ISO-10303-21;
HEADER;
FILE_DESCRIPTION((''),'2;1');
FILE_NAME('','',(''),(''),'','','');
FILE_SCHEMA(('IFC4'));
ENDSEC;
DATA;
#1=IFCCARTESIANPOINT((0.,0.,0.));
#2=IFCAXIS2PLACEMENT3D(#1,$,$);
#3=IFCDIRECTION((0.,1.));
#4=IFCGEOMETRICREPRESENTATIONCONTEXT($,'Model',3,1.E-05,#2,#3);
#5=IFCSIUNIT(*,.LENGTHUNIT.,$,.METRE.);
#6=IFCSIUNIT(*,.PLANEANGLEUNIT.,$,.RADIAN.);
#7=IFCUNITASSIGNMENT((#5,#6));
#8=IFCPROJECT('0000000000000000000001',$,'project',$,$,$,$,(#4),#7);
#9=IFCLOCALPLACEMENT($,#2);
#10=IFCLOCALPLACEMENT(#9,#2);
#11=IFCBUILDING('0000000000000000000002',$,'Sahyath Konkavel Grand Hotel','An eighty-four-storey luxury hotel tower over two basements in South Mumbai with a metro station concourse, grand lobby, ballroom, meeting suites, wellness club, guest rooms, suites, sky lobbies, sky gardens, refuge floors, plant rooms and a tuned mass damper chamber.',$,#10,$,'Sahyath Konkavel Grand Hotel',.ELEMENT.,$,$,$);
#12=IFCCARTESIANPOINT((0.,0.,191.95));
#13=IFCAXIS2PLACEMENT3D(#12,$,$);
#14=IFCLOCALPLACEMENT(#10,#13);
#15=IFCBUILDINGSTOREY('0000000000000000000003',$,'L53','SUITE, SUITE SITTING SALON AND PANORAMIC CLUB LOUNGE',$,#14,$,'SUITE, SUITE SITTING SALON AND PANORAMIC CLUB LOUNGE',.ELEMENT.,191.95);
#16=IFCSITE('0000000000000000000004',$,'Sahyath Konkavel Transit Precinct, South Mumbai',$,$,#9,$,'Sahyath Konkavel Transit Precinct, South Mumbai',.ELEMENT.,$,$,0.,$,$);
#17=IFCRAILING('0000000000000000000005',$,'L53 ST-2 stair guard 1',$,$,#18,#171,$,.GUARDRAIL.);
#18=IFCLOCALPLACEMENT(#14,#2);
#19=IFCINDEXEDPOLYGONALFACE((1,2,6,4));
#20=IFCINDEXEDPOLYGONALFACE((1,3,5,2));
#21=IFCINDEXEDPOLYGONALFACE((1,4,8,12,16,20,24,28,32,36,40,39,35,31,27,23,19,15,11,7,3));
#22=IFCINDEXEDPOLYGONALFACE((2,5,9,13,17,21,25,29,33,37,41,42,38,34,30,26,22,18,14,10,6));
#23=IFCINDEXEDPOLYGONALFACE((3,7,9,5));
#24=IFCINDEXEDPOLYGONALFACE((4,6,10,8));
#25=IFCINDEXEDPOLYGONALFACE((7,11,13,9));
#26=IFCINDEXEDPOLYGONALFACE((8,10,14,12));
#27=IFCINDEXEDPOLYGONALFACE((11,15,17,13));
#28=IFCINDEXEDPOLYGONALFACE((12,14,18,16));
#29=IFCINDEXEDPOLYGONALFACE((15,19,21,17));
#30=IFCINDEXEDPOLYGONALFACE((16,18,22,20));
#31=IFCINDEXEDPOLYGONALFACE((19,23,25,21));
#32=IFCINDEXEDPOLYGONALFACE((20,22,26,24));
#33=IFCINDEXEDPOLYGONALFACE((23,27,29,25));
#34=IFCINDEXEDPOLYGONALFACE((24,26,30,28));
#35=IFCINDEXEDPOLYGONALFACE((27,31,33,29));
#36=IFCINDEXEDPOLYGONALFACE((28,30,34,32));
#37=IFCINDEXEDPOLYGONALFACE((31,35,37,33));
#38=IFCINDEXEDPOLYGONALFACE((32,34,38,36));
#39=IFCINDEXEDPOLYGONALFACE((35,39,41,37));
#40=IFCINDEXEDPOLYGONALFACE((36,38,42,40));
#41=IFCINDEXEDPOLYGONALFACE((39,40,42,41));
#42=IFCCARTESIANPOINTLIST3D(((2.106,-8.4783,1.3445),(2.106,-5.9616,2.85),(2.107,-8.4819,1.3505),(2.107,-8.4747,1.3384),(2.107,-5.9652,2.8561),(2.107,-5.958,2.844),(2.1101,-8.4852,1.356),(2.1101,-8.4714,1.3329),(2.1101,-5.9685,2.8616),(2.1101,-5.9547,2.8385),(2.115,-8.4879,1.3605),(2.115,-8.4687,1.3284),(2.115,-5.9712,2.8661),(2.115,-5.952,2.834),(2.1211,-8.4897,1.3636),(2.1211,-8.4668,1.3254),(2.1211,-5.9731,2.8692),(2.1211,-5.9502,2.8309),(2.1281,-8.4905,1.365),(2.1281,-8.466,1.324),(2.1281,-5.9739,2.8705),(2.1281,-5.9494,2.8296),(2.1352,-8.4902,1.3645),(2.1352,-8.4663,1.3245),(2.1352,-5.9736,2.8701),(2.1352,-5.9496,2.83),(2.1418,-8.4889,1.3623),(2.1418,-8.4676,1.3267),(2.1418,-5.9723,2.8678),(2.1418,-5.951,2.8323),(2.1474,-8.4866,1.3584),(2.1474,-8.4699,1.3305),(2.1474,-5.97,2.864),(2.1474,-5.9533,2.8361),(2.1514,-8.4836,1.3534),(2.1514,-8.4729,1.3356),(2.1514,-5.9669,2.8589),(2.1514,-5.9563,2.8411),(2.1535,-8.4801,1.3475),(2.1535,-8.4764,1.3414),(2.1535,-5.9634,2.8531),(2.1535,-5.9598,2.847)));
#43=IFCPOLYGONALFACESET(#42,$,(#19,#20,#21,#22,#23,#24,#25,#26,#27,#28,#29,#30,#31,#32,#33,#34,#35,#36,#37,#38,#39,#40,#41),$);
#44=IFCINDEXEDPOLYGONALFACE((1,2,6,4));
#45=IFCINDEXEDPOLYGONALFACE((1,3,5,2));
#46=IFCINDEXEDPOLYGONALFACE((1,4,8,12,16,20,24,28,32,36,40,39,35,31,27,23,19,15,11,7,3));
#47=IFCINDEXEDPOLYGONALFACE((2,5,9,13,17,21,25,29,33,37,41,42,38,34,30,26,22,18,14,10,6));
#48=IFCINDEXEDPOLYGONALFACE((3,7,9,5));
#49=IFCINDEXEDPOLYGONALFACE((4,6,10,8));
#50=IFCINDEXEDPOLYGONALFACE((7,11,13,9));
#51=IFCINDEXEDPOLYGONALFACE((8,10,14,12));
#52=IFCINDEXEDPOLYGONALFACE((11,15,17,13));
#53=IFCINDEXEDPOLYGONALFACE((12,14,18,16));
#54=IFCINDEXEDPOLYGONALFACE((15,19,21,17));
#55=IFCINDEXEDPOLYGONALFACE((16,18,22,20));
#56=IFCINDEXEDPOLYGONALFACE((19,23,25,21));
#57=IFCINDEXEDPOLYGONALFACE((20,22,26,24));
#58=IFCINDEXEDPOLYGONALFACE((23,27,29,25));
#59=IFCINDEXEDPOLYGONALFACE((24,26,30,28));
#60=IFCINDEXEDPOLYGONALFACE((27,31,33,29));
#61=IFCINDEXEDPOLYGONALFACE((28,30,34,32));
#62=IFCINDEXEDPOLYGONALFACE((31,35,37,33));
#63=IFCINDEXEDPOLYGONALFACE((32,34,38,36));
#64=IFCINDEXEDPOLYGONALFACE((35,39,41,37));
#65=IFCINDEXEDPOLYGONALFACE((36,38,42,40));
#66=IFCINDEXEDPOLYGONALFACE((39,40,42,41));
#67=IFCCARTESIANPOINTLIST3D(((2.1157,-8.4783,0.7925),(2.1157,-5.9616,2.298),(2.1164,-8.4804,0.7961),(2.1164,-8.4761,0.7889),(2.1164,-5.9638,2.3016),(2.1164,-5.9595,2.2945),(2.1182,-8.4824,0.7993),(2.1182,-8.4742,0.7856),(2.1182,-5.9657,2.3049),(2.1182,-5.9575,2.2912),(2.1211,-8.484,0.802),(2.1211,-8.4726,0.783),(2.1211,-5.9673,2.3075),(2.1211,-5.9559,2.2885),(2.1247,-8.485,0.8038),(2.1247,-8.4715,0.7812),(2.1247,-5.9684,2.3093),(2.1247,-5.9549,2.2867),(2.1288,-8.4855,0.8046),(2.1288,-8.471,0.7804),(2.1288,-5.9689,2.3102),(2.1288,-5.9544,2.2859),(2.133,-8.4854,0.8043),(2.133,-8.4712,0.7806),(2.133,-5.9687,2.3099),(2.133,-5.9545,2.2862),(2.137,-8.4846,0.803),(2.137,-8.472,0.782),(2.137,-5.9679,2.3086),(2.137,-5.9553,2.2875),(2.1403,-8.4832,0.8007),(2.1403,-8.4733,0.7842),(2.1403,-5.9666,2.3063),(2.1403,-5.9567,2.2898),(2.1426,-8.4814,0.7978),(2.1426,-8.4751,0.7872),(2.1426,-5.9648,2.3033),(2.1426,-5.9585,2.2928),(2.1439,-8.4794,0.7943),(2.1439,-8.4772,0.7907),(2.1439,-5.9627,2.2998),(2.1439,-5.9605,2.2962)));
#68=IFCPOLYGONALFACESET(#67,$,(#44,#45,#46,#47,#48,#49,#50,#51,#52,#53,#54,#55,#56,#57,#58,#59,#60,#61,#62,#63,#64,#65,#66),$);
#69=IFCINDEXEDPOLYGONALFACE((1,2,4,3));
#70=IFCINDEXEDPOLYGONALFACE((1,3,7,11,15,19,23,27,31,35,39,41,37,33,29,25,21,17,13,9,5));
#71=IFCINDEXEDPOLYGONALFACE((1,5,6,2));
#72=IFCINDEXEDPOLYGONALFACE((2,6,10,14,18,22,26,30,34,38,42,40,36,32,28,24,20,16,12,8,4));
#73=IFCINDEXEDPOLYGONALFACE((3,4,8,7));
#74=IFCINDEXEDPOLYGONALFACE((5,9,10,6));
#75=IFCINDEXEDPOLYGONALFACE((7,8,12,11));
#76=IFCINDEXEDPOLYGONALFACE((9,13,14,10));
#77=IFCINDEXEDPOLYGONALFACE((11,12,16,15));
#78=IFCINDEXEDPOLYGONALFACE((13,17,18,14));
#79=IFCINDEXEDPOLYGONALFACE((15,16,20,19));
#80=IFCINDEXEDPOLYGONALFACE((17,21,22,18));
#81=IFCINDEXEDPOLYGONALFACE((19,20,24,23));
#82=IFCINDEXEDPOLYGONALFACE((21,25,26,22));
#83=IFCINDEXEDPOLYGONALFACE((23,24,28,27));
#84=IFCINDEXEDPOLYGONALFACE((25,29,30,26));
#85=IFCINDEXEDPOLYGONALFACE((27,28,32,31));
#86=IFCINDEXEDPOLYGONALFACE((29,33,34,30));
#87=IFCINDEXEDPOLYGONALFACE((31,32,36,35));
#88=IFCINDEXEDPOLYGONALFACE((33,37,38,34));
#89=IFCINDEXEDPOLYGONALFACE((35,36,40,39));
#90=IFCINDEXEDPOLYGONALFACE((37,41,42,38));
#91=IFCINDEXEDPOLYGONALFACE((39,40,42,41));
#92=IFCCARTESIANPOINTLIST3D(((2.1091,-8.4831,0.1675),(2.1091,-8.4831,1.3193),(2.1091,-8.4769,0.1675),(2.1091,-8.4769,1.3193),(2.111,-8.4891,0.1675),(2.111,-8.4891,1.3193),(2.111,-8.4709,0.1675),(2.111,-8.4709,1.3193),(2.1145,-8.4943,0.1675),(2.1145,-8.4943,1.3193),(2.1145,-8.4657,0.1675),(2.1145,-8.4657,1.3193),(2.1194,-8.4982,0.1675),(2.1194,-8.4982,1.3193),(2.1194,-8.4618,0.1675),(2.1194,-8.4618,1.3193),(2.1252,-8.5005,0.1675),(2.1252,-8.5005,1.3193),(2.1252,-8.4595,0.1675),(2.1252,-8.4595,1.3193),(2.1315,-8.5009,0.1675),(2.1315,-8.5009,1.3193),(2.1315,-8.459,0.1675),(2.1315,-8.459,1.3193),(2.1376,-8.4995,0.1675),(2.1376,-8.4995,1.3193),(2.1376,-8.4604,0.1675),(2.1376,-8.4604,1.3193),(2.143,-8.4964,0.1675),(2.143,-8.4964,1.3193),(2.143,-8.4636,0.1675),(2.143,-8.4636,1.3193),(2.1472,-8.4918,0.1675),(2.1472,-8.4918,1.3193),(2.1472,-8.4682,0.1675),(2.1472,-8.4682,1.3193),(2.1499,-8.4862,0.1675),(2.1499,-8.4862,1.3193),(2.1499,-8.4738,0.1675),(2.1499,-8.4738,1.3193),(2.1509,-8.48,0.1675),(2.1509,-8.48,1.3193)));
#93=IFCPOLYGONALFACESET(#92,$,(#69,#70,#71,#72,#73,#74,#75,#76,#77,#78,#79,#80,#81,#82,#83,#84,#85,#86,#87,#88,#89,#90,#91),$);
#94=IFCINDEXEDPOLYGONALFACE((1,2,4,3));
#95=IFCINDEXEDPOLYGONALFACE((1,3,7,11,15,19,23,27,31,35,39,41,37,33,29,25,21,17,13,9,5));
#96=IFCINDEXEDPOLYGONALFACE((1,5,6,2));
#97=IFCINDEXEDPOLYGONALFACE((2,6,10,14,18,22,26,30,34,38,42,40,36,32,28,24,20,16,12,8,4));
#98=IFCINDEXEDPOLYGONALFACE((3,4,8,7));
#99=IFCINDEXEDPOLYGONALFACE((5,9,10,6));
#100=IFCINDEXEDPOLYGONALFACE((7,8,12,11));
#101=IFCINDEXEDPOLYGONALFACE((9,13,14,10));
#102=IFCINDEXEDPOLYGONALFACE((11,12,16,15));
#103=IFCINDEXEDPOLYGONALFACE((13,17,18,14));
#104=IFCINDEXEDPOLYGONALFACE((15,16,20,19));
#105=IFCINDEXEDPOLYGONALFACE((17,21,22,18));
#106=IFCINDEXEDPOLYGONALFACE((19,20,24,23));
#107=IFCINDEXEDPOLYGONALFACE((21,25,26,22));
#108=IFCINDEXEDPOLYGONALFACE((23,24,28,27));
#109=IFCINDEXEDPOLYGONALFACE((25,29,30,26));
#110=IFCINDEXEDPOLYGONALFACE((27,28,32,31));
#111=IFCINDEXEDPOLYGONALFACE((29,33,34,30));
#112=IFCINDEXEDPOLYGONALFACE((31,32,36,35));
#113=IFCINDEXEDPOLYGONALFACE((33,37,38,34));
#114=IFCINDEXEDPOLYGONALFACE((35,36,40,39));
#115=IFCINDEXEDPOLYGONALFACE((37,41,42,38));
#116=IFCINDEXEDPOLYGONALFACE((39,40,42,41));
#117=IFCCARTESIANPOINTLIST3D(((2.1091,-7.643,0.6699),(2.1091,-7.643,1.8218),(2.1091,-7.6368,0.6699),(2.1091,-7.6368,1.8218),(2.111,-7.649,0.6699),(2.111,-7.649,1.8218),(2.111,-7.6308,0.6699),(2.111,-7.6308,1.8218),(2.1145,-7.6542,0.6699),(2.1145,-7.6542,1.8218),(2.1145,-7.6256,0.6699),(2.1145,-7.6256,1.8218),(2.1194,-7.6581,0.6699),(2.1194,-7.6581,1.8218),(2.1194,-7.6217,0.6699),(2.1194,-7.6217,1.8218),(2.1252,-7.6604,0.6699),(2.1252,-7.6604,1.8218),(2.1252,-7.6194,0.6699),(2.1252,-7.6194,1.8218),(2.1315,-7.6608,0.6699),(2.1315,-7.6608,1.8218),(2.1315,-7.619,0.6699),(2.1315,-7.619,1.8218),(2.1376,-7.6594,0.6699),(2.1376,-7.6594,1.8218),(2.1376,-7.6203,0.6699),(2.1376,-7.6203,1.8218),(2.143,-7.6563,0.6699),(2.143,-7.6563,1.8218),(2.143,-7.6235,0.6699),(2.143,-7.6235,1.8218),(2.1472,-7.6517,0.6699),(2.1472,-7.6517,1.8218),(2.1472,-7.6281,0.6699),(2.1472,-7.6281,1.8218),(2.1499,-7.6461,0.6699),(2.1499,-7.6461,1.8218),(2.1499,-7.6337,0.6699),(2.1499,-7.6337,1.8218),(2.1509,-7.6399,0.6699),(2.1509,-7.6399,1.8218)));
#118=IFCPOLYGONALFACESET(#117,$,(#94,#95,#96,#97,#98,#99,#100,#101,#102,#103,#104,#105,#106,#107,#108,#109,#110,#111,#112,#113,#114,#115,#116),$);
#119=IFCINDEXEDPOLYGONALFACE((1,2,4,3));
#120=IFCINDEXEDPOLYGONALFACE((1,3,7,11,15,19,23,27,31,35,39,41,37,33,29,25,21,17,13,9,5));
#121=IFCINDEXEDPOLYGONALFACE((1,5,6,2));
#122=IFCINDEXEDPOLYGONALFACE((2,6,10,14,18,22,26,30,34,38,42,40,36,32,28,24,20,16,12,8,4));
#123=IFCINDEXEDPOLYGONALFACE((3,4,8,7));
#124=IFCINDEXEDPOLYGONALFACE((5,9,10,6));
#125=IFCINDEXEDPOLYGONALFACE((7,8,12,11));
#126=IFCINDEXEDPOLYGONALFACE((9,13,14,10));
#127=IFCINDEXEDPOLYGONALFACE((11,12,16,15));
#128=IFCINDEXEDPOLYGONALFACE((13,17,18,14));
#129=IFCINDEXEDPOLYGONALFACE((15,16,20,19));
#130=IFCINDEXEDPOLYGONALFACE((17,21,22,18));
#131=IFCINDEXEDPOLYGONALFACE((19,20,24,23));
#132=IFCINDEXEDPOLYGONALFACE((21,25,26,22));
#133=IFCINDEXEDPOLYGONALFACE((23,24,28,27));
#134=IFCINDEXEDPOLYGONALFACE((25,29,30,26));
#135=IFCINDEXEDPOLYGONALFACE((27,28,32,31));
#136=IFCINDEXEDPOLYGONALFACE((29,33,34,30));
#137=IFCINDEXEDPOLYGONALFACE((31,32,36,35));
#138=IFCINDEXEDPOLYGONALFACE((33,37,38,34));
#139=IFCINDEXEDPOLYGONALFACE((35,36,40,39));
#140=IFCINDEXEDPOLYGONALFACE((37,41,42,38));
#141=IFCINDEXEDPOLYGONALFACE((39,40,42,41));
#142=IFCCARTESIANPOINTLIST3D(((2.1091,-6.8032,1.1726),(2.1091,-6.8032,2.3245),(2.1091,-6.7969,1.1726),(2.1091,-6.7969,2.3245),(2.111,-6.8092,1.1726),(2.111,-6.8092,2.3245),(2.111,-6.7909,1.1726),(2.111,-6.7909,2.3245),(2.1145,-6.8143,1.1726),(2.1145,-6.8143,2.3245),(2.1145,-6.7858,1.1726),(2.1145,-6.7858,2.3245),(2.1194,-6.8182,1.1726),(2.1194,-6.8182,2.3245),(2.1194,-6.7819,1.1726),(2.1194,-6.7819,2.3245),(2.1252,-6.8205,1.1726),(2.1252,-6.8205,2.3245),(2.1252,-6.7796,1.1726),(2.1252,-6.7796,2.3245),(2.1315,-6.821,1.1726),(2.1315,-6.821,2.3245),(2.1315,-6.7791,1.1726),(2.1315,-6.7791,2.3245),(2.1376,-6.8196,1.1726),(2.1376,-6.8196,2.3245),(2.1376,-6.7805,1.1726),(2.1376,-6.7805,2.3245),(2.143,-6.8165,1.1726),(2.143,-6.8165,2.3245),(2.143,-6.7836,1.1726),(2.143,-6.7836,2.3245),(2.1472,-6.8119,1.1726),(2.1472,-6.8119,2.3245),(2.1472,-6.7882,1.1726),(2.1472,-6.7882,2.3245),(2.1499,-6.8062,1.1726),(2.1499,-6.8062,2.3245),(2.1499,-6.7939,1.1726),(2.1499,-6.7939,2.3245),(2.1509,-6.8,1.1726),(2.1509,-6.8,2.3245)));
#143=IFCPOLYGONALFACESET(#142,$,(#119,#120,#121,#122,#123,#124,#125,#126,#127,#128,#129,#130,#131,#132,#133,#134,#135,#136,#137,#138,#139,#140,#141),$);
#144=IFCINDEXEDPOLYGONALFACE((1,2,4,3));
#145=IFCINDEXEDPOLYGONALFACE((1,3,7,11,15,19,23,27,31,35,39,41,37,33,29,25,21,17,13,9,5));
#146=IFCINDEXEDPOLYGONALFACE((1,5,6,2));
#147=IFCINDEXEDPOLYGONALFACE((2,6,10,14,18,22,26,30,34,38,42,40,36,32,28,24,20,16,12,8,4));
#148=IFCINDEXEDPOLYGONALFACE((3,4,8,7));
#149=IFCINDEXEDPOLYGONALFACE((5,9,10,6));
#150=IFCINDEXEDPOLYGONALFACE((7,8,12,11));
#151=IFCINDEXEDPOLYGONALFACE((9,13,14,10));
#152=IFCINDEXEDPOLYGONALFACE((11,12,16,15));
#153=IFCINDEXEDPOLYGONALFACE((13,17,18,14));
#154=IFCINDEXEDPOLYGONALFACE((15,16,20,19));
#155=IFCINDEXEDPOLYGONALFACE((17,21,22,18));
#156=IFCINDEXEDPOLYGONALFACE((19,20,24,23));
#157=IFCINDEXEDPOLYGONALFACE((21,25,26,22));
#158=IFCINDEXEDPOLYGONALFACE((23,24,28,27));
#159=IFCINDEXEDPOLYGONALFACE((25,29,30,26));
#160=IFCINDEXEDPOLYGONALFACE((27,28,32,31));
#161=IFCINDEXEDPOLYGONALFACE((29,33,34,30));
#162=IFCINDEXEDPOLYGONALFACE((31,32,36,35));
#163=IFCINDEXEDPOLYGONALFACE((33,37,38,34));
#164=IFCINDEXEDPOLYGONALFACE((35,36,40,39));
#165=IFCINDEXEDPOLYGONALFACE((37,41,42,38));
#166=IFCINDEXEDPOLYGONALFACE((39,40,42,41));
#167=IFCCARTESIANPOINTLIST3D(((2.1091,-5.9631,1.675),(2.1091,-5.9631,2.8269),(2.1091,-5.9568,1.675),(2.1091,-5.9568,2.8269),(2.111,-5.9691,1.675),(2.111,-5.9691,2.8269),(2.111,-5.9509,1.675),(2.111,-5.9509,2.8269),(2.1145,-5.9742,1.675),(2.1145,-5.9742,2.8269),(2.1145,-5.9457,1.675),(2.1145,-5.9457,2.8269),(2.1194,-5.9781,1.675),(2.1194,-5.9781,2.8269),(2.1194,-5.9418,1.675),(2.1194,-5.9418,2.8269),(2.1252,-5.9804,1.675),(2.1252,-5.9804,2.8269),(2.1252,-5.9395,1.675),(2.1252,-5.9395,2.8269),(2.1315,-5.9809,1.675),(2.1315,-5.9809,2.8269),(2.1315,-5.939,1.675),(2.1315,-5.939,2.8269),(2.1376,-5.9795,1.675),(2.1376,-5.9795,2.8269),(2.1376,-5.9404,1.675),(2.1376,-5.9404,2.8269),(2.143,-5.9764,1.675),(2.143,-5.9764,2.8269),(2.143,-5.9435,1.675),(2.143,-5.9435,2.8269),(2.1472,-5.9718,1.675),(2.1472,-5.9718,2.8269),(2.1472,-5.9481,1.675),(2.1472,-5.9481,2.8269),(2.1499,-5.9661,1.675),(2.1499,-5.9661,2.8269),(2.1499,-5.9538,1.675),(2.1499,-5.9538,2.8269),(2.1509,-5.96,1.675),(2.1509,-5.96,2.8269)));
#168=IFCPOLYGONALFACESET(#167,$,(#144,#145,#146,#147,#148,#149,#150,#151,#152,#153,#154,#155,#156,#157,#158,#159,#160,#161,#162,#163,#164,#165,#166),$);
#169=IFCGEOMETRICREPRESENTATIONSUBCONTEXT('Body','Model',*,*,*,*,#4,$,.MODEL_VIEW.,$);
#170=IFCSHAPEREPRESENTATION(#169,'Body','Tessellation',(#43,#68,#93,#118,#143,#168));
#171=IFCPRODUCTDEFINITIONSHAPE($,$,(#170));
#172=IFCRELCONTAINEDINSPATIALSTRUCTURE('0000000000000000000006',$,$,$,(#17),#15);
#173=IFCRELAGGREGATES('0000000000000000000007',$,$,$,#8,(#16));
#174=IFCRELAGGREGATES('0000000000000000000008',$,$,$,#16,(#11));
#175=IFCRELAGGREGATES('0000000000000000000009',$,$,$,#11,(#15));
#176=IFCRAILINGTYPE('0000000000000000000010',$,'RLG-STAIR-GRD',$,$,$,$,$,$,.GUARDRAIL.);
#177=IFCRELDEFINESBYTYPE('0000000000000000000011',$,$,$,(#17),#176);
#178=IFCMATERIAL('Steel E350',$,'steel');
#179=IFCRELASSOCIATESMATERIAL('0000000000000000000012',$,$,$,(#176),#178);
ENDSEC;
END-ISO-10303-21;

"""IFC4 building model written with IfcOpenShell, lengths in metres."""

from ifc_helpers import new_model, si_unit, direction, frame, origin, origin_2d, place, context, subcontext, project, spatial, circle, extrude, material, type_object, element, save


model = new_model("IFC4")

# Units and contexts
model_context = context("Model", 3, precision=1e-05, world=origin(), true_north=direction((0.0, 1.0)))
body_context = subcontext(model_context, "Body", "Model", "MODEL_VIEW")
ifc_project = project(units=[si_unit("LENGTHUNIT", "METRE"), si_unit("PLANEANGLEUNIT", "RADIAN")], contexts=[model_context])

# Site, building, storey
site_placement = place(None, origin())
site = spatial("IfcSite", under=ifc_project, at=site_placement, Name="Sahyath Konkavel Transit Precinct, South Mumbai", LongName="Sahyath Konkavel Transit Precinct, South Mumbai", CompositionType="ELEMENT", RefElevation=0.0)
building_placement = place(site_placement, origin())
building = spatial("IfcBuilding", under=site, at=building_placement, Name="Sahyath Konkavel Grand Hotel", Description="An eighty-four-storey luxury hotel tower over two basements in South Mumbai with a metro station concourse, grand lobby, ballroom, meeting suites, wellness club, guest rooms, suites, sky lobbies, sky gardens, refuge floors, plant rooms and a tuned mass damper chamber.", LongName="Sahyath Konkavel Grand Hotel", CompositionType="ELEMENT")
storey_placement = place(building_placement, frame((0.0, 0.0, 191.95)))
storey = spatial("IfcBuildingStorey", under=building, at=storey_placement, Name="L53", Description="SUITE, SUITE SITTING SALON AND PANORAMIC CLUB LOUNGE", LongName="SUITE, SUITE SITTING SALON AND PANORAMIC CLUB LOUNGE", CompositionType="ELEMENT", Elevation=191.95)

# Shared definitions
ifc_material_1 = material(Name="Steel E350", Category="steel")

# Railing
railing_type_1 = type_object("IfcRailingType", Name="RLG-STAIR-GRD", PredefinedType="GUARDRAIL", material=ifc_material_1)
railing_1_placement = place(storey_placement, frame((2.1299, -8.48, 0.1675)))
element("IfcRailing", 1, at=railing_1_placement, inside=storey, type_object=railing_type_1, Name="L53 ST-2 stair guard 1", PredefinedType="GUARDRAIL", context=body_context, shape_type="SweptSolid", body=[
    extrude(circle(Radius=0.0239, at=origin_2d()), frame((0.0, 0.0017, 1.177), z_axis=(0.0, 0.85816, 0.513383), x_axis=(-1.0, 0.0, 0.0)), (0.0, 0.0, 1.0), 2.9326),
    extrude(circle(Radius=0.0142, at=origin_2d()), frame((0.0, 0.0017, 0.625), z_axis=(0.0, 0.85816, 0.513383), x_axis=(-1.0, 0.0, 0.0)), (0.0, 0.0, 1.0), 2.9326),
    extrude(circle(Radius=0.021, at=origin_2d()), origin(), (0.0, 0.0, 1.0), 1.1519),
    extrude(circle(Radius=0.021, at=origin_2d()), frame((0.0, 0.8401, 0.5024)), (0.0, 0.0, 1.0), 1.1519),
    extrude(circle(Radius=0.021, at=origin_2d()), frame((0.0, 1.6799, 1.0051)), (0.0, 0.0, 1.0), 1.1519),
    extrude(circle(Radius=0.021, at=origin_2d()), frame((0.0, 2.52, 1.5076)), (0.0, 0.0, 1.0), 1.1519),
])

save(model, "model.ifc")
